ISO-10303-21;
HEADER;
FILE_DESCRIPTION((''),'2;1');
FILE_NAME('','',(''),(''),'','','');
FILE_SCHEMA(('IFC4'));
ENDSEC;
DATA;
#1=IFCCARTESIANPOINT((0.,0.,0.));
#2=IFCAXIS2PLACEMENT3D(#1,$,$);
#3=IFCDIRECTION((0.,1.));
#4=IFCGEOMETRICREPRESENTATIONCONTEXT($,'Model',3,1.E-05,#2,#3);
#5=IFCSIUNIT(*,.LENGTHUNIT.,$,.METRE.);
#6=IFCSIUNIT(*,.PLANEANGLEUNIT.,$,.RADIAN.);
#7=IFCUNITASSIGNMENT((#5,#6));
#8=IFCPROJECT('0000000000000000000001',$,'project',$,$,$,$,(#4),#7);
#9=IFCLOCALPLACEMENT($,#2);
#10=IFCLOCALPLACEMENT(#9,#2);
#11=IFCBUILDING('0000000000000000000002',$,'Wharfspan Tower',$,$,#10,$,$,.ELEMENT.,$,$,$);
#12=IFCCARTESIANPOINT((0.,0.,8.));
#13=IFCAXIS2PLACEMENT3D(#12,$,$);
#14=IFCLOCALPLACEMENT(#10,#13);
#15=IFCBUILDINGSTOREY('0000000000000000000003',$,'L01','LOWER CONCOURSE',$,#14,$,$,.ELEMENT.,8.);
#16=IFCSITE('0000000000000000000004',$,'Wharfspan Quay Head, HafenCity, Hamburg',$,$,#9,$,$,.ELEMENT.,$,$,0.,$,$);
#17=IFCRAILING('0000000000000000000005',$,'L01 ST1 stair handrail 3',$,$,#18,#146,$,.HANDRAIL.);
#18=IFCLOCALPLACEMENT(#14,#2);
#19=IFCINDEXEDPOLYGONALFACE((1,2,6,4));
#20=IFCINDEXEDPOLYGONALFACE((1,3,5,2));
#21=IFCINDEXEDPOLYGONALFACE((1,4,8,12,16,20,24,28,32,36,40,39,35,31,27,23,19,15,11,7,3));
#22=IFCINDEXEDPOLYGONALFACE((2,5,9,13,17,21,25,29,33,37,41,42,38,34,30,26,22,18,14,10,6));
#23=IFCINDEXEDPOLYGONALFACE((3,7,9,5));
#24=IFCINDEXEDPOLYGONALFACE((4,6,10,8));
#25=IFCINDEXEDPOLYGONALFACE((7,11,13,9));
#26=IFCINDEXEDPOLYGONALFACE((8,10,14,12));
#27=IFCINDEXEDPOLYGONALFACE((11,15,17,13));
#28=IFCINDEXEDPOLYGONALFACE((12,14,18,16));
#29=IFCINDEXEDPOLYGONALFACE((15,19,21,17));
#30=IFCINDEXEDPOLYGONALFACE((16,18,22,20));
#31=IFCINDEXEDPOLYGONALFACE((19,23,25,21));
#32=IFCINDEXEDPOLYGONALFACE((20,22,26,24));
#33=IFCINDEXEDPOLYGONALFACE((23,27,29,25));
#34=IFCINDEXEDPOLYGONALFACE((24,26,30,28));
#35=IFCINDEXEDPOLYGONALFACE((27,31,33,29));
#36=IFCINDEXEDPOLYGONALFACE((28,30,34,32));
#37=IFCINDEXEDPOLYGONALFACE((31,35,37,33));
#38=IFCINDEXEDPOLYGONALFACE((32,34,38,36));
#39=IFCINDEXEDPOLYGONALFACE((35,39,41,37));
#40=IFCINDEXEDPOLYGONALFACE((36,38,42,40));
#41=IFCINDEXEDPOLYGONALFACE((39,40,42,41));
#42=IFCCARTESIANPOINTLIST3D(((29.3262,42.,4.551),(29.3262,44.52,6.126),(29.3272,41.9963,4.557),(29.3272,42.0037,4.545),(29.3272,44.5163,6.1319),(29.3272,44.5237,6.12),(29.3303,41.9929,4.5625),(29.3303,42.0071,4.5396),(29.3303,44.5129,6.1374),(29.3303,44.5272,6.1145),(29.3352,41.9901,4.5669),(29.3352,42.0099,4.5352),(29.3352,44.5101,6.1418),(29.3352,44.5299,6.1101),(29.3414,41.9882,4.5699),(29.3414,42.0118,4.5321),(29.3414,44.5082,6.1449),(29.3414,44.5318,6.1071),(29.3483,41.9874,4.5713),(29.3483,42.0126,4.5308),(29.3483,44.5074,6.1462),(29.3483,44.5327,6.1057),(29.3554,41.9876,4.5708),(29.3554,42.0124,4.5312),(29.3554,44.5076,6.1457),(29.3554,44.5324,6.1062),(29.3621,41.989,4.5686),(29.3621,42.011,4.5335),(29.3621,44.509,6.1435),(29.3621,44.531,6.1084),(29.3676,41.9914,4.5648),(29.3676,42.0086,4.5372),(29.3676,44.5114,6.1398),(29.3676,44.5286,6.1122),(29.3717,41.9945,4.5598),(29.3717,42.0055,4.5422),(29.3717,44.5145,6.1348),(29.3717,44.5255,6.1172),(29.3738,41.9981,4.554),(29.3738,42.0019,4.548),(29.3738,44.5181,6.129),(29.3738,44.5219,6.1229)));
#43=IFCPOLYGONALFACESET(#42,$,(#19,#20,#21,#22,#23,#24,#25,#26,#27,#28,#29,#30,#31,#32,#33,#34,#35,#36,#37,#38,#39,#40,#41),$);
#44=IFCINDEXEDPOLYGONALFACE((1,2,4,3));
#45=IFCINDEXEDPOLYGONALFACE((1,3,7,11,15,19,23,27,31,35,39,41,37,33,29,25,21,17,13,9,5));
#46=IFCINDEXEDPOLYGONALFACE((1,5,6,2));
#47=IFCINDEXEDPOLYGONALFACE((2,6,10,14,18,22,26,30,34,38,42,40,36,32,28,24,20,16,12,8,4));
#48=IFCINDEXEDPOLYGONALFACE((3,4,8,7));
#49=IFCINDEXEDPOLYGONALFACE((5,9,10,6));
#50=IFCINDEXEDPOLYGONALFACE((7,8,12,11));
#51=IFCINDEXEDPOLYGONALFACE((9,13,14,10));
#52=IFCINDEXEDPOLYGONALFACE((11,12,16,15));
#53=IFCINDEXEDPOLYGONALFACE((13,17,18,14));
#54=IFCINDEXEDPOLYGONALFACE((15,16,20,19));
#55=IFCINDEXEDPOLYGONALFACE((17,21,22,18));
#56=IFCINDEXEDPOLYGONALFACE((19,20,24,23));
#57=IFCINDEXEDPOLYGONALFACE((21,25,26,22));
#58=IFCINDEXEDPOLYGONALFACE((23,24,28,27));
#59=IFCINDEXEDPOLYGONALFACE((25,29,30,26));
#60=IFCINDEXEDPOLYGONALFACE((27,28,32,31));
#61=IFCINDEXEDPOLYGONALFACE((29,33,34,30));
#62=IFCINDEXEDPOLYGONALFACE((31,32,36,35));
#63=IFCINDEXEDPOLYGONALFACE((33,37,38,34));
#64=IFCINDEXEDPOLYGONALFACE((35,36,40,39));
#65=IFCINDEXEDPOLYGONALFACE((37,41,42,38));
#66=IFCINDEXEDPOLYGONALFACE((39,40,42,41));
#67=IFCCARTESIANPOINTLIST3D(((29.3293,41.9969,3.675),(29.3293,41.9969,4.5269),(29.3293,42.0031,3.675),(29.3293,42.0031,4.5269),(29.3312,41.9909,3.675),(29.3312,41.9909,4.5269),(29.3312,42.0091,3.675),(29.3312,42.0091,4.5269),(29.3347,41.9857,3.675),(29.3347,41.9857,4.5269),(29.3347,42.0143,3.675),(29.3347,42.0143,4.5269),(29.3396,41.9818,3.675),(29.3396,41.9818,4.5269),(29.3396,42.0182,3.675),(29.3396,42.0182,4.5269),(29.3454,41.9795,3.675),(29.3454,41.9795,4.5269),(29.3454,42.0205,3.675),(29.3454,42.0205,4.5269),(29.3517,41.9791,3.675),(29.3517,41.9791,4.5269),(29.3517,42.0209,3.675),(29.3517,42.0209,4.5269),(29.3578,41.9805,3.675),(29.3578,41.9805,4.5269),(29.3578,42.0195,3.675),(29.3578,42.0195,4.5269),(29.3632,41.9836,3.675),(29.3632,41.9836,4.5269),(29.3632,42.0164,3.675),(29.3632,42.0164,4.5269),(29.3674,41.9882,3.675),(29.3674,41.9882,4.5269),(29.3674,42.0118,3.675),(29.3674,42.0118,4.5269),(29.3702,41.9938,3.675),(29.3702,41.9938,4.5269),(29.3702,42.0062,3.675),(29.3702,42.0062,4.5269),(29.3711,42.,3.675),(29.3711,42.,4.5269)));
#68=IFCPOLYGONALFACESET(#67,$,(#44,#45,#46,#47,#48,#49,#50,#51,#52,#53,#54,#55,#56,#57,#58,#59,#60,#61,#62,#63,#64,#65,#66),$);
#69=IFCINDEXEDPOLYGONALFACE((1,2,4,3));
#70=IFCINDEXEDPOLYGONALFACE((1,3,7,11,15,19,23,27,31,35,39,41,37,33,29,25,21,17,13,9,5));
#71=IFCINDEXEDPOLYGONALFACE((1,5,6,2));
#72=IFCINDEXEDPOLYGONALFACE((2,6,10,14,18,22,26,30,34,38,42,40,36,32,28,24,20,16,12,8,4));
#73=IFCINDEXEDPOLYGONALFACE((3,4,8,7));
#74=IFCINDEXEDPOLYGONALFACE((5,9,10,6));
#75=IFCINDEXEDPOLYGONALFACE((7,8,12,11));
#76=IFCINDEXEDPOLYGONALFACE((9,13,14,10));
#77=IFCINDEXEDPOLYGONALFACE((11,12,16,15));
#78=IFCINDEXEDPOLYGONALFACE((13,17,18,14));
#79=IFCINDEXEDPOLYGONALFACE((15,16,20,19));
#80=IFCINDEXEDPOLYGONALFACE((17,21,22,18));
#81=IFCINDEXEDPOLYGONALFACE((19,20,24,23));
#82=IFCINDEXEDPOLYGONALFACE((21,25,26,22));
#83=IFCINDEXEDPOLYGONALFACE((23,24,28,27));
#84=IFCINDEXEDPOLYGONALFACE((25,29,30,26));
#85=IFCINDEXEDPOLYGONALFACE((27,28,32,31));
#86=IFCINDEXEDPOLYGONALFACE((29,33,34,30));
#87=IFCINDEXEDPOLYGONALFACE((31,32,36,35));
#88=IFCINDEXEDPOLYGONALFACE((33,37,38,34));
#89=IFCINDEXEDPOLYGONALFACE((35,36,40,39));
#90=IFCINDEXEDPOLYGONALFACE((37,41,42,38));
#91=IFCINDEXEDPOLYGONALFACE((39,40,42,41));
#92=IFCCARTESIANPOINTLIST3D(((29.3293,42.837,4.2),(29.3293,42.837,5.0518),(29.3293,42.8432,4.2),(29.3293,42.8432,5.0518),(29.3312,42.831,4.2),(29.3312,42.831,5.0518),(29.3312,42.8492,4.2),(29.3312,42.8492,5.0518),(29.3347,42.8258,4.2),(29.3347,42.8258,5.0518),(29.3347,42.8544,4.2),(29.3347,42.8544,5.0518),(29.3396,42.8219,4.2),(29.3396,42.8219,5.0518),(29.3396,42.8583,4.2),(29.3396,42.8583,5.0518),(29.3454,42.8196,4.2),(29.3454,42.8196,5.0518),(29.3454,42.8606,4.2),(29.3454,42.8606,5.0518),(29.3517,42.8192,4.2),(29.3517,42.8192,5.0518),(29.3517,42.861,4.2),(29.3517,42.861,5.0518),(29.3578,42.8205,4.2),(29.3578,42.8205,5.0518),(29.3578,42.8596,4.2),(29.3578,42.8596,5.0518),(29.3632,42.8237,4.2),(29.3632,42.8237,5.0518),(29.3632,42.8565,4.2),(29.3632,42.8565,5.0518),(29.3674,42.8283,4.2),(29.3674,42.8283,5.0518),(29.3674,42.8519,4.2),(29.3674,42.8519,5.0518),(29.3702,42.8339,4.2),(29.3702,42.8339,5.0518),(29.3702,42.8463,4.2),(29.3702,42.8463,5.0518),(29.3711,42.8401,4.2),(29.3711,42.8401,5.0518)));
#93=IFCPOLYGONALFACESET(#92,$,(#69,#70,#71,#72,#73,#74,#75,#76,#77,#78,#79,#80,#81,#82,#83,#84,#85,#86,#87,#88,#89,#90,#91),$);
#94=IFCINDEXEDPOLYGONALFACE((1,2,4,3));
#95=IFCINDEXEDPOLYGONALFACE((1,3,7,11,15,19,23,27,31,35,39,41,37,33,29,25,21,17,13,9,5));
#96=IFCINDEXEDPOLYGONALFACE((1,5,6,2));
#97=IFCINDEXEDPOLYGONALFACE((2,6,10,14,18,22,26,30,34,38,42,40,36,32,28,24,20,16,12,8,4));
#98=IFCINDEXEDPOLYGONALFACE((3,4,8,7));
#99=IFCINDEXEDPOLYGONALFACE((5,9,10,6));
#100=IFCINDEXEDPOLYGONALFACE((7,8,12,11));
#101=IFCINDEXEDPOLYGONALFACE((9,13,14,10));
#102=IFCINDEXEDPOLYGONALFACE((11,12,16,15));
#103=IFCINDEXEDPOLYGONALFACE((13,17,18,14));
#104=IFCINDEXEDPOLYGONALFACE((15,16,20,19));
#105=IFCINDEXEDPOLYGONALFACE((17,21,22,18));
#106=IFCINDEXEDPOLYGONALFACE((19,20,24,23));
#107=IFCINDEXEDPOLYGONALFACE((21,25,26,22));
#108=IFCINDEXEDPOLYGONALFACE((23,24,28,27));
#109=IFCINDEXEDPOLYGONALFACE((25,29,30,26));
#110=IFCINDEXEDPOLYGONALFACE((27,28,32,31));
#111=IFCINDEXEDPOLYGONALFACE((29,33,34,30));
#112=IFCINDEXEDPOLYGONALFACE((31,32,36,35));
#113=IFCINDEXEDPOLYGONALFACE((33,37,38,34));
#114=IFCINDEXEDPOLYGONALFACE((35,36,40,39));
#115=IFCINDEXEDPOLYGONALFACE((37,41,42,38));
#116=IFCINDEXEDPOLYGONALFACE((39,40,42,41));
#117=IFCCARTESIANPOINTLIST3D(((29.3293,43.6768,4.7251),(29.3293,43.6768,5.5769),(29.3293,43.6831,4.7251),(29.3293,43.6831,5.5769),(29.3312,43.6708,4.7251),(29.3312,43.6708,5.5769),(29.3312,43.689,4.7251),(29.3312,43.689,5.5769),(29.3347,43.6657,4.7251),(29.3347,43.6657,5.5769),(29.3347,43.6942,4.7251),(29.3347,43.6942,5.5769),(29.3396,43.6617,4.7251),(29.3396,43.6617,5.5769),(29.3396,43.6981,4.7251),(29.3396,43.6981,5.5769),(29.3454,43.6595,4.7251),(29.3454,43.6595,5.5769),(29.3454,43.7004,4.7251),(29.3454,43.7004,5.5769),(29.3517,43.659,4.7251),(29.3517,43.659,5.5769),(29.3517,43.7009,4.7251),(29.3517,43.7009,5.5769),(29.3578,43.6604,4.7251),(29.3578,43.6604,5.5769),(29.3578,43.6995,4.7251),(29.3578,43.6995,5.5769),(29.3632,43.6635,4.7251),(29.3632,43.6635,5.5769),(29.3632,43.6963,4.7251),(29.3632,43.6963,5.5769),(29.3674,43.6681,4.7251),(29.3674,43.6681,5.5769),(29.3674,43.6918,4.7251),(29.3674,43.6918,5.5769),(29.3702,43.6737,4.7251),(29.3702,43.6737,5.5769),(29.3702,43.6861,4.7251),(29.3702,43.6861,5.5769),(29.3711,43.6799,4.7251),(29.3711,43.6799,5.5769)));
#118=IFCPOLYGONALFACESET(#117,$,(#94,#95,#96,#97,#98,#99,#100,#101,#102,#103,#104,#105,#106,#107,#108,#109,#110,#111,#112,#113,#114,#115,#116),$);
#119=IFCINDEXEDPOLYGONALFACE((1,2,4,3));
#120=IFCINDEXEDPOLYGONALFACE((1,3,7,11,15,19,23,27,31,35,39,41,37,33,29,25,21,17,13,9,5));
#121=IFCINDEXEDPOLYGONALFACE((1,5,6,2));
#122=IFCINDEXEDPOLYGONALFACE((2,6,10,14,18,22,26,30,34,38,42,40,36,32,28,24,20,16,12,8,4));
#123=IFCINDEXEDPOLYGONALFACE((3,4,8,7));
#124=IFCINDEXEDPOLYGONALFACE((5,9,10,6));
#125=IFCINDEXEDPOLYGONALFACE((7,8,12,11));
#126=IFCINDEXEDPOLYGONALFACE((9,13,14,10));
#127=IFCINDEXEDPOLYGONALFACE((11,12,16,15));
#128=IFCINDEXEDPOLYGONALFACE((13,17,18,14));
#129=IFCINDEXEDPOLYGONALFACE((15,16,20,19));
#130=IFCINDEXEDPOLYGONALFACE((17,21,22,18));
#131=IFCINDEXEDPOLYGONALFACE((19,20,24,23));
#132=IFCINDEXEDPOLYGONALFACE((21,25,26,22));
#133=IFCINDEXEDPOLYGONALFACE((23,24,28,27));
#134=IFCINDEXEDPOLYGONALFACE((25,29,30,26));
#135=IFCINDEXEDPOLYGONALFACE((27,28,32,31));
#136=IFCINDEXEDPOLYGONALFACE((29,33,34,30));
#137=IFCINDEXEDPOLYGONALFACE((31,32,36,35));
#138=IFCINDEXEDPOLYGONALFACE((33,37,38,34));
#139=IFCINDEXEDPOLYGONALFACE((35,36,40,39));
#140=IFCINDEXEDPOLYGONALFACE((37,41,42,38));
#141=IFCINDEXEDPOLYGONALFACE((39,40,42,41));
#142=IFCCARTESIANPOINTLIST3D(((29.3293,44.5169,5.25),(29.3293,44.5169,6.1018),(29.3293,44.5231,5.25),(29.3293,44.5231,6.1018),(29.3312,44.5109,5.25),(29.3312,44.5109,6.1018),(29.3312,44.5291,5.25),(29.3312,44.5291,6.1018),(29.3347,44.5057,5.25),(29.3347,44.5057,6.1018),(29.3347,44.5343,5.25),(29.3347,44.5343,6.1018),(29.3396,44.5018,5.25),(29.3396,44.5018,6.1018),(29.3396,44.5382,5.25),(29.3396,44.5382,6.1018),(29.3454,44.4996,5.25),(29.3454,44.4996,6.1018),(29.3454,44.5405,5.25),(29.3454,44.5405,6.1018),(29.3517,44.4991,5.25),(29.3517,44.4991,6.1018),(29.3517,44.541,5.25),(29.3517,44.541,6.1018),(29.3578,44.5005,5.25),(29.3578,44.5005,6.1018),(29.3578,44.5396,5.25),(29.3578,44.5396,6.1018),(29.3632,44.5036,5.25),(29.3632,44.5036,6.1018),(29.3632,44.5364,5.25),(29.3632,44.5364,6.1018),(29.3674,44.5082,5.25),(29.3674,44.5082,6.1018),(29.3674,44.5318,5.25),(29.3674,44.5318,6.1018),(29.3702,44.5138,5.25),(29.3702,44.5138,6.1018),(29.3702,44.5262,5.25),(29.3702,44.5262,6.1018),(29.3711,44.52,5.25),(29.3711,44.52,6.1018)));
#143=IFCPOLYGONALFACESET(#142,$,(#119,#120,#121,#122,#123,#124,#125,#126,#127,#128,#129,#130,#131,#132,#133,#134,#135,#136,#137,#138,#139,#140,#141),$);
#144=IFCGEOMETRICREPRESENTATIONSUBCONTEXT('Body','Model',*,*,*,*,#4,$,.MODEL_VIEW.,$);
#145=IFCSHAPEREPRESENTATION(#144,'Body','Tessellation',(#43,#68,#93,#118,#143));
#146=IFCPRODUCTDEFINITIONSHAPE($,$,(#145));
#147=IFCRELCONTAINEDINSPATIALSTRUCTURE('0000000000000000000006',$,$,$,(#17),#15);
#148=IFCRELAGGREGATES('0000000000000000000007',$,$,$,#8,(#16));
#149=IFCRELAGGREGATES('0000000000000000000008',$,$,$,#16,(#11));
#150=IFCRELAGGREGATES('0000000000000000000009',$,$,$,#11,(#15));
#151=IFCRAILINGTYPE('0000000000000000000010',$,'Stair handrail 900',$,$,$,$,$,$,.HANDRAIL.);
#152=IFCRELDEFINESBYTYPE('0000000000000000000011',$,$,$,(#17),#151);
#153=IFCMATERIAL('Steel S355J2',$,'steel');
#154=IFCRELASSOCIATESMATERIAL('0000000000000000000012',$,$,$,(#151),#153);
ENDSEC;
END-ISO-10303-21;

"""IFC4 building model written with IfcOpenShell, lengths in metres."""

from ifc_helpers import new_model, si_unit, direction, frame, origin, origin_2d, place, context, subcontext, project, spatial, circle, extrude, material, type_object, element, save


model = new_model("IFC4")

# Units and contexts
model_context = context("Model", 3, precision=1e-05, world=origin(), true_north=direction((0.0, 1.0)))
body_context = subcontext(model_context, "Body", "Model", "MODEL_VIEW")
ifc_project = project(units=[si_unit("LENGTHUNIT", "METRE"), si_unit("PLANEANGLEUNIT", "RADIAN")], contexts=[model_context])

# Site, building, storey
site_placement = place(None, origin())
site = spatial("IfcSite", under=ifc_project, at=site_placement, Name="Wharfspan Quay Head, HafenCity, Hamburg", CompositionType="ELEMENT", RefElevation=0.0)
building_placement = place(site_placement, origin())
building = spatial("IfcBuilding", under=site, at=building_placement, Name="Wharfspan Tower", CompositionType="ELEMENT")
storey_placement = place(building_placement, frame((0.0, 0.0, 8.0)))
storey = spatial("IfcBuildingStorey", under=building, at=storey_placement, Name="L01", Description="LOWER CONCOURSE", CompositionType="ELEMENT", Elevation=8.0)

# Railing
ifc_material_1 = material(Name="Steel S355J2", Category="steel")
railing_type = type_object("IfcRailingType", Name="Stair handrail 900", PredefinedType="HANDRAIL", material=ifc_material_1)
for number, where, name in (
    (1, (29.3501, 42.0, 3.675), "L01 ST1 stair handrail 3"),
):
    element("IfcRailing", number, at=place(storey_placement, frame(where)), inside=storey, type_object=railing_type, Name=name, PredefinedType="HANDRAIL", context=body_context, shape_type="SweptSolid", body=[
        extrude(circle(Radius=0.0239, at=origin_2d()), frame((0.0, 0.0, 0.876), z_axis=(0.0, 0.848008, 0.529984), x_axis=(-1.0, 0.0, 0.0)), (0.0, 0.0, 1.0), 2.9717),
        extrude(circle(Radius=0.021, at=origin_2d()), origin(), (0.0, 0.0, 1.0), 0.8518),
        extrude(circle(Radius=0.021, at=origin_2d()), frame((0.0, 0.8401, 0.5249)), (0.0, 0.0, 1.0), 0.8518),
        extrude(circle(Radius=0.021, at=origin_2d()), frame((0.0, 1.6799, 1.05)), (0.0, 0.0, 1.0), 0.8518),
        extrude(circle(Radius=0.021, at=origin_2d()), frame((0.0, 2.52, 1.575)), (0.0, 0.0, 1.0), 0.8518),
    ])

save(model, "model.ifc")
